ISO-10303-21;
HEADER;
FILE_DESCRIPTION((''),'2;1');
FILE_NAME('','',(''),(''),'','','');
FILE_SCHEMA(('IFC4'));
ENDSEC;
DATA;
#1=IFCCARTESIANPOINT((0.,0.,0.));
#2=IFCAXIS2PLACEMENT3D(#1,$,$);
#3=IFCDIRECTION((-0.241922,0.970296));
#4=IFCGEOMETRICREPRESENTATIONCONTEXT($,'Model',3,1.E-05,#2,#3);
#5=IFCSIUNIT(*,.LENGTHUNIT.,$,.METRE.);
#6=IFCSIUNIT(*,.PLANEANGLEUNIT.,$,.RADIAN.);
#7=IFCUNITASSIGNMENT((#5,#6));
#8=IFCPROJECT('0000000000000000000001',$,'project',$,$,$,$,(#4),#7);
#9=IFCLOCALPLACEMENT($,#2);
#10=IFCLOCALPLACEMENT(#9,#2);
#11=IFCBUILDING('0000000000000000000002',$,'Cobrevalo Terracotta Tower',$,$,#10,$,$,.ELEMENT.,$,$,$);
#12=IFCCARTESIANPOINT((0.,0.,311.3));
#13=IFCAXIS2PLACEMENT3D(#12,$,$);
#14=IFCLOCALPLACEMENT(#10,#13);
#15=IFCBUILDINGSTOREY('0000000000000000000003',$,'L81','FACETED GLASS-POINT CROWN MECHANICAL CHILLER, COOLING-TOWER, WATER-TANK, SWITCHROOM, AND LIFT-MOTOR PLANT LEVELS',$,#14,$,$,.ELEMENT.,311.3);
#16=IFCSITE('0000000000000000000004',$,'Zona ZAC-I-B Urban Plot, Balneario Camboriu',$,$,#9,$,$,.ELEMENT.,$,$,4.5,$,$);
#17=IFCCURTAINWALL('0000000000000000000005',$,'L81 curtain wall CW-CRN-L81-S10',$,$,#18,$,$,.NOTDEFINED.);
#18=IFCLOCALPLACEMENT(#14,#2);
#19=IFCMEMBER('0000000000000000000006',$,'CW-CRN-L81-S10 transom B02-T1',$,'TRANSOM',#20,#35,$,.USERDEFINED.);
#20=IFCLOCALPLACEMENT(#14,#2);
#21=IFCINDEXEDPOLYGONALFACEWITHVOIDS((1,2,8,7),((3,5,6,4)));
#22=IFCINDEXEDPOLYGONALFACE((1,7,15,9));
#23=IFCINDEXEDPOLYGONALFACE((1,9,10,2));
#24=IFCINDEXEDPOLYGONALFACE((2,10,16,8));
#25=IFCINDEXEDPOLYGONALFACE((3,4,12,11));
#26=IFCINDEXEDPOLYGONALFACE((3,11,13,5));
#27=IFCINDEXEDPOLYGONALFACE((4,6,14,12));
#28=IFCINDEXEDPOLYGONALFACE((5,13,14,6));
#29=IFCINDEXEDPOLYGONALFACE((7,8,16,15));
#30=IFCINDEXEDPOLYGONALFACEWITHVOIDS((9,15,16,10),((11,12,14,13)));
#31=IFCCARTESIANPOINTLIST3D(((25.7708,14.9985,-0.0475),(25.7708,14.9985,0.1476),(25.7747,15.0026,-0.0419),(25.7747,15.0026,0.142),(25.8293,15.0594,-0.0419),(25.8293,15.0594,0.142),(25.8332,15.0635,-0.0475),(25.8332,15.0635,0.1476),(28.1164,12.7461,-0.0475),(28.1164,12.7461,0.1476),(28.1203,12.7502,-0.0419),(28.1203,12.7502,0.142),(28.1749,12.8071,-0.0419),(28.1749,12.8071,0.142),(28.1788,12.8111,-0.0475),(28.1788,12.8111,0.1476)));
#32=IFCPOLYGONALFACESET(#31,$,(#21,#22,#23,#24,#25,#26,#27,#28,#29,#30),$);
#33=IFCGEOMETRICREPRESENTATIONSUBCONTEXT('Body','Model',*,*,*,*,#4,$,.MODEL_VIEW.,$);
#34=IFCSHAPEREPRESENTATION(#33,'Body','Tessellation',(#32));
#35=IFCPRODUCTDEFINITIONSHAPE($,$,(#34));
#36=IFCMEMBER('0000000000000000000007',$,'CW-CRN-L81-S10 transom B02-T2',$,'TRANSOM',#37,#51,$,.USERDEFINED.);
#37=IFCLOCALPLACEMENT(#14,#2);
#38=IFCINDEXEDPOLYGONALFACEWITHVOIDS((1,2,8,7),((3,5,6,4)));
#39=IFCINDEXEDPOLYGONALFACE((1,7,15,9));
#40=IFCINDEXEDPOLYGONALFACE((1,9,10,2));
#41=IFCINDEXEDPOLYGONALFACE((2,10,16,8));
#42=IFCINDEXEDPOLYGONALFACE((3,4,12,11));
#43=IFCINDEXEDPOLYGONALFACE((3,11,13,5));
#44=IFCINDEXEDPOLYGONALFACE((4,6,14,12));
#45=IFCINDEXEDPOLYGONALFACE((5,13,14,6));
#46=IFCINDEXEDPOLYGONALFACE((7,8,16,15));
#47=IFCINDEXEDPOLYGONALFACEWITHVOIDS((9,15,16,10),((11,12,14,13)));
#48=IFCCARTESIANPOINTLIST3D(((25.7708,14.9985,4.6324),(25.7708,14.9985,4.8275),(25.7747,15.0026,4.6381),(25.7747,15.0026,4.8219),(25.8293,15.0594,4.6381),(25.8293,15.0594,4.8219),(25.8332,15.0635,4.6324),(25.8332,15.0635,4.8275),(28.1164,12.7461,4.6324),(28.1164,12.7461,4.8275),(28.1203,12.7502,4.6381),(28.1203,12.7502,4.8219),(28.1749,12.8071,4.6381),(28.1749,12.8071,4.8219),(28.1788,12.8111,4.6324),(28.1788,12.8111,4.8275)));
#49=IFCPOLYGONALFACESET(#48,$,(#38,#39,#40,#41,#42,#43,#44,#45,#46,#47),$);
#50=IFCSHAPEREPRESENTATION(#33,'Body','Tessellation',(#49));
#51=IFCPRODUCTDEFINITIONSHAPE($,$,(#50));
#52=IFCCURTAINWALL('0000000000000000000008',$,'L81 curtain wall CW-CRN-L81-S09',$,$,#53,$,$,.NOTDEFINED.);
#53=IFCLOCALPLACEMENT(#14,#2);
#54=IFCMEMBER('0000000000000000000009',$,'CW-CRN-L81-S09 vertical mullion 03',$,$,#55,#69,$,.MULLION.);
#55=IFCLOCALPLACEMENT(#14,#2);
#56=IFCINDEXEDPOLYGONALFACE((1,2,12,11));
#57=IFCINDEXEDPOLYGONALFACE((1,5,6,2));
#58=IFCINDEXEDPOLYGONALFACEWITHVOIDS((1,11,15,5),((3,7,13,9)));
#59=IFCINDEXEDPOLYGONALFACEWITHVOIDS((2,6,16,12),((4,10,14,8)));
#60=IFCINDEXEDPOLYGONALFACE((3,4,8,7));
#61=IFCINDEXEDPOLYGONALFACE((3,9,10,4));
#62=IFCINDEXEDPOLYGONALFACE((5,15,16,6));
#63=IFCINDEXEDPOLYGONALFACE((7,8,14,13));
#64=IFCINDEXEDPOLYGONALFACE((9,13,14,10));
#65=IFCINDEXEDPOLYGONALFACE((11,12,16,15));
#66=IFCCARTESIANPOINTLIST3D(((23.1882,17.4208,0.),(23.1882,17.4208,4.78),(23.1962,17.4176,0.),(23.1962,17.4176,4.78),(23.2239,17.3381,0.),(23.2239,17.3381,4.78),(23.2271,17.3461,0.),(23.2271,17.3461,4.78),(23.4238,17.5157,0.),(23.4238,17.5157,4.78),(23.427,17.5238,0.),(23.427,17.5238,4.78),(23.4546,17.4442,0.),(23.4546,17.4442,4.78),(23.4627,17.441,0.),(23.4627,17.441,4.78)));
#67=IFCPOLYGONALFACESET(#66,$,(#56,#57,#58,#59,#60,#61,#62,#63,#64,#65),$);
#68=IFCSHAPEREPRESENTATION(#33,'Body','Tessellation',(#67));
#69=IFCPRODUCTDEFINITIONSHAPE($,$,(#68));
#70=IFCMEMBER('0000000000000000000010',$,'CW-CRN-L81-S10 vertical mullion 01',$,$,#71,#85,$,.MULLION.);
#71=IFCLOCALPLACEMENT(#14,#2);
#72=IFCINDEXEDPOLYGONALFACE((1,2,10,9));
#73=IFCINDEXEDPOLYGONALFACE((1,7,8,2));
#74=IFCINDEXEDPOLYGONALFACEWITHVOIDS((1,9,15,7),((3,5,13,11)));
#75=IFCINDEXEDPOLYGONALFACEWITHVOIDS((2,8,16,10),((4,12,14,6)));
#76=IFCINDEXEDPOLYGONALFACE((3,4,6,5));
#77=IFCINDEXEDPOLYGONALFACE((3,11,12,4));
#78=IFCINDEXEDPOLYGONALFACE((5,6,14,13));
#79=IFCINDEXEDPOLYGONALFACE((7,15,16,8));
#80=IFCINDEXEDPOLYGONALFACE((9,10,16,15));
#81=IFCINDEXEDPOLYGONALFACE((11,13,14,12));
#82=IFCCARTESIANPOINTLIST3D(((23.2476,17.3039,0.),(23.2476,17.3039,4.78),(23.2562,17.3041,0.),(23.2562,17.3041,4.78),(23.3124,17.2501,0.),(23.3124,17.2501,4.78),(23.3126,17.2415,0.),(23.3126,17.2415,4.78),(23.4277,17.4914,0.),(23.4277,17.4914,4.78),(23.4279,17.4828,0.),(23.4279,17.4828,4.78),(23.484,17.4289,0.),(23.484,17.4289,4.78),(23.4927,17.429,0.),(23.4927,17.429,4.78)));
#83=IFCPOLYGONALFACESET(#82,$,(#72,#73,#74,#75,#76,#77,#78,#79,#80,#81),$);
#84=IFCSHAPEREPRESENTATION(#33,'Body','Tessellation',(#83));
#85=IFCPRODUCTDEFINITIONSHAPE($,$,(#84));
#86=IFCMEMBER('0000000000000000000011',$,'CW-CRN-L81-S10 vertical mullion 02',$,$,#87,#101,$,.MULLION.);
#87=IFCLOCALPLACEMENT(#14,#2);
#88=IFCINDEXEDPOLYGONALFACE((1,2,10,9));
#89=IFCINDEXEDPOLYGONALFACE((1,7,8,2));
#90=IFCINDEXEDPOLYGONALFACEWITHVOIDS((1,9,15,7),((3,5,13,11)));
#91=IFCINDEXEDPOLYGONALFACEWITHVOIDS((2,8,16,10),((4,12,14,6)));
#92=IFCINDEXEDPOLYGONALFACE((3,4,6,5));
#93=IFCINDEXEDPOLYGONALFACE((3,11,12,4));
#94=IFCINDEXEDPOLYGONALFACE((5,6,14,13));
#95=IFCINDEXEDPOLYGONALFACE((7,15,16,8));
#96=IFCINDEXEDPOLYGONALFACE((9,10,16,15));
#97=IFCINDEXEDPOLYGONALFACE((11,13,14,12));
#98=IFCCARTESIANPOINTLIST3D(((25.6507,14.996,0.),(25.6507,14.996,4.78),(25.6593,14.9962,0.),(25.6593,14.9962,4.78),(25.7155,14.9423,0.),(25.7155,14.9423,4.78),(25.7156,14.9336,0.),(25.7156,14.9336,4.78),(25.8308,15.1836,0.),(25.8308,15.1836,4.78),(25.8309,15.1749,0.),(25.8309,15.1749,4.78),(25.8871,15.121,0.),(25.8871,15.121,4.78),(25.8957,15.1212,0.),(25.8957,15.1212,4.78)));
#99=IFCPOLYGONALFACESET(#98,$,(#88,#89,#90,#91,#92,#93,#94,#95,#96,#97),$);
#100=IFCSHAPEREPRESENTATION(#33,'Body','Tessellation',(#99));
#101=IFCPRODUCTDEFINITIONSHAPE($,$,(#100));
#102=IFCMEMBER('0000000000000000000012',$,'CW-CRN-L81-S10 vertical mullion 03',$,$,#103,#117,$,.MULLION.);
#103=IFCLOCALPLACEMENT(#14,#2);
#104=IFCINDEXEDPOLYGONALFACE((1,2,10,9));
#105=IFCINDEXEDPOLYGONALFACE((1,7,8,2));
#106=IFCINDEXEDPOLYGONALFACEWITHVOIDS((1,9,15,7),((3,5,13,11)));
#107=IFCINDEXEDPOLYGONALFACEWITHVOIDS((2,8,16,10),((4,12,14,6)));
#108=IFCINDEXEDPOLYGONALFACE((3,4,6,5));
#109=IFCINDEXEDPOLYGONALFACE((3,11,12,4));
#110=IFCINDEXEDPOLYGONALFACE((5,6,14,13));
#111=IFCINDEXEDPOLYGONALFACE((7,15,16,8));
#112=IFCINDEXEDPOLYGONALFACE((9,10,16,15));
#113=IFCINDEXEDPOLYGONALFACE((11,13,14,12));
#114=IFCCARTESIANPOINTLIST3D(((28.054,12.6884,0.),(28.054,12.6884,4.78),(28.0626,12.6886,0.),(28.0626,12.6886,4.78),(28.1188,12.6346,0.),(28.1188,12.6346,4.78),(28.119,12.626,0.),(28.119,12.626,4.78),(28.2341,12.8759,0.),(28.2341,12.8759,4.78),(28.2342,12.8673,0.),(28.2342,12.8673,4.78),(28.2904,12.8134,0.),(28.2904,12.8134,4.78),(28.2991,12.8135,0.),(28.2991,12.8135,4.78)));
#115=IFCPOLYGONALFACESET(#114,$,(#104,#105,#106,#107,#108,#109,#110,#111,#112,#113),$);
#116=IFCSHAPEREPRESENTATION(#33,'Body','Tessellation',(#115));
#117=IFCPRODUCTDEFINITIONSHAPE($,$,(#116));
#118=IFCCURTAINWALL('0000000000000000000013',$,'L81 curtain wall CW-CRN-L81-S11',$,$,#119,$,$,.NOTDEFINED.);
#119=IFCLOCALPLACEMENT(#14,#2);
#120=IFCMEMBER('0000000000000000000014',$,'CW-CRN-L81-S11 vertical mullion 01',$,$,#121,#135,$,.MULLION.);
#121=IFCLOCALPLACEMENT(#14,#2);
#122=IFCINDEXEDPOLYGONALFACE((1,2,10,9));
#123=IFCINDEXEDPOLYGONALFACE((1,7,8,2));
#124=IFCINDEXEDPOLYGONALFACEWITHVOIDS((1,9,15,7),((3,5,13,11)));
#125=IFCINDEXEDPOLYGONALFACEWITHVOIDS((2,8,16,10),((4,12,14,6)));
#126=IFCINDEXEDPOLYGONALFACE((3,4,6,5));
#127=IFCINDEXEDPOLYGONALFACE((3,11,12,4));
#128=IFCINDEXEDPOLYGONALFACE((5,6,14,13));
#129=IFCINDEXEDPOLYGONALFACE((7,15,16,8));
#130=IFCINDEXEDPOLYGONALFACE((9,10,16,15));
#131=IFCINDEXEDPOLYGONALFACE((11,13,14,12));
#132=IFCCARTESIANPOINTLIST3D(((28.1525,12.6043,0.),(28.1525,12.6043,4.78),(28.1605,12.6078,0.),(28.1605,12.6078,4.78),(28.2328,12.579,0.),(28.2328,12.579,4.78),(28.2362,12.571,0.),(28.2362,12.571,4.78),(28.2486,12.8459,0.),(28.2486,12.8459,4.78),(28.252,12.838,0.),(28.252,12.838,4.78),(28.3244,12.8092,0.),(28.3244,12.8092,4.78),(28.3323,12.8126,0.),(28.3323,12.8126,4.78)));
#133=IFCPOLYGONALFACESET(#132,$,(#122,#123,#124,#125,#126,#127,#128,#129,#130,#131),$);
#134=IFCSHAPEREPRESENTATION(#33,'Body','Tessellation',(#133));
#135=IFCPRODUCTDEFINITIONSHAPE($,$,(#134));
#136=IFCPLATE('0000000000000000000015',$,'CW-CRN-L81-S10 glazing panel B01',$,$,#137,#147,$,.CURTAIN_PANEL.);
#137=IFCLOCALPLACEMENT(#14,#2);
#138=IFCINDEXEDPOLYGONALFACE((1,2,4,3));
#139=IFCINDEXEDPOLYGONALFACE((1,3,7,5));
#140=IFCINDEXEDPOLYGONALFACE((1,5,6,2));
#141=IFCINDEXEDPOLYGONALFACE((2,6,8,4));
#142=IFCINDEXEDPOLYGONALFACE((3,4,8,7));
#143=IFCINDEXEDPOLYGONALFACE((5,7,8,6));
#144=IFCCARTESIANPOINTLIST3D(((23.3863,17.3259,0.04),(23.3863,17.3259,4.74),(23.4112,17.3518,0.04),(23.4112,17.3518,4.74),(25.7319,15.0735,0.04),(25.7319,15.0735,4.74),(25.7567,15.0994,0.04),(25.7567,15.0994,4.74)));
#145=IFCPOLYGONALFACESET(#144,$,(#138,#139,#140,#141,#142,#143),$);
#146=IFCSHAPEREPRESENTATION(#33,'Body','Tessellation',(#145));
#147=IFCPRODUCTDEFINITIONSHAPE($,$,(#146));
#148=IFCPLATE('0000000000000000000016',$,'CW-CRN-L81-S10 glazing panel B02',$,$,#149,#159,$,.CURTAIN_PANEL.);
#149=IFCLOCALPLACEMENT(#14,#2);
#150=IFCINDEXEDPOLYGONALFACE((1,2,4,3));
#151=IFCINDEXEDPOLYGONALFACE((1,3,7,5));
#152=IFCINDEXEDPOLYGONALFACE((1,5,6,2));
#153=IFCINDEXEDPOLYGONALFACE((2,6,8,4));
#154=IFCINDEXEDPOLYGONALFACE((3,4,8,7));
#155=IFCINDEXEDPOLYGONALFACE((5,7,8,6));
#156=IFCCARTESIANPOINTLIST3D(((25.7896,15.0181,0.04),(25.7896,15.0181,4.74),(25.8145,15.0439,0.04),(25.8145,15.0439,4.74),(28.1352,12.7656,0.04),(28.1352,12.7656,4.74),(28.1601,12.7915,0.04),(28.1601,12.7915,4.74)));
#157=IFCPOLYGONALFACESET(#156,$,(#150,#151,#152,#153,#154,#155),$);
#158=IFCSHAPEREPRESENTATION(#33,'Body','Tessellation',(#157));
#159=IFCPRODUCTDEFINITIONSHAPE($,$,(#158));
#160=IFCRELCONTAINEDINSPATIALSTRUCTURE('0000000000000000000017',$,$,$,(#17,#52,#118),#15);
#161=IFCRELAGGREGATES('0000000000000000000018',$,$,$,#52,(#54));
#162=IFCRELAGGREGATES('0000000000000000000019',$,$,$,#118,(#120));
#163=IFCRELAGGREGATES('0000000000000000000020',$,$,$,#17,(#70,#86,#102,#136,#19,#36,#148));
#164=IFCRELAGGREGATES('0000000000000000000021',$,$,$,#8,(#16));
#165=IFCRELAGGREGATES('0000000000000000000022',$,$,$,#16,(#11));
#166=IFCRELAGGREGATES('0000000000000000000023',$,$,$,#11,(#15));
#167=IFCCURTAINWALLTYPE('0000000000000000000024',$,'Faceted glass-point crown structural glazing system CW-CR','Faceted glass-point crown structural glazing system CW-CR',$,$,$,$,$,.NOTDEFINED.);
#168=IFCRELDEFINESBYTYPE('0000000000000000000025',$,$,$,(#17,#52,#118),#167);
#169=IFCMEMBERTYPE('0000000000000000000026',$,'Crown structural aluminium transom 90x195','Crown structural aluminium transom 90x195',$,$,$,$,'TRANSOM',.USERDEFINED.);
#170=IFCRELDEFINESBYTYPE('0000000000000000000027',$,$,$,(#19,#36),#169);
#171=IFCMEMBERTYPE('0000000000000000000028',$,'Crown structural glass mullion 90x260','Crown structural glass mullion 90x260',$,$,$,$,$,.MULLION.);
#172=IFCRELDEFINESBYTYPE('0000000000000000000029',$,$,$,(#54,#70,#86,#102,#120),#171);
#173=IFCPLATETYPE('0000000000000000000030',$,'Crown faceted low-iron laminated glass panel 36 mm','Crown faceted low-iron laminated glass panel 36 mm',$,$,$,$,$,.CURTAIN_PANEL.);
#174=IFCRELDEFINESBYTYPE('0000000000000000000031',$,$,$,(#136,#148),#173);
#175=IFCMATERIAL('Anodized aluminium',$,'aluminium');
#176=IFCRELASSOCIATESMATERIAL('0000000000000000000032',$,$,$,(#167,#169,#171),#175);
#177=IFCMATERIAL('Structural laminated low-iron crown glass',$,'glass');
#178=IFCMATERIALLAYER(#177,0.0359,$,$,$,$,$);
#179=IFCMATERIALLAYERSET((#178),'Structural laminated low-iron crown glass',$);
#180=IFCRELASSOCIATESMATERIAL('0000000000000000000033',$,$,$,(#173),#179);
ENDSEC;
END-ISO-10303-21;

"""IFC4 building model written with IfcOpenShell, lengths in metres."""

from ifc_helpers import new_model, si_unit, direction, frame, origin, origin_2d, place, context, subcontext, project, spatial, rectangle, hollow_rectangle, extrude, source, transform, mapped, material, layer, layer_set, material_profile, profile_set, type_object, element, aggregate, save


model = new_model("IFC4")

# Units and contexts
model_context = context("Model", 3, precision=1e-05, world=origin(), true_north=direction((-0.241922, 0.970296)))
body_context = subcontext(model_context, "Body", "Model", "MODEL_VIEW")
ifc_project = project(units=[si_unit("LENGTHUNIT", "METRE"), si_unit("PLANEANGLEUNIT", "RADIAN")], contexts=[model_context])

# Site, building, storey
site_placement = place(None, origin())
site = spatial("IfcSite", under=ifc_project, at=site_placement, Name="Zona ZAC-I-B Urban Plot, Balneario Camboriu", CompositionType="ELEMENT", RefElevation=4.5)
building_placement = place(site_placement, origin())
building = spatial("IfcBuilding", under=site, at=building_placement, Name="Cobrevalo Terracotta Tower", CompositionType="ELEMENT")
storey_placement = place(building_placement, frame((0.0, 0.0, 311.3)))
storey = spatial("IfcBuildingStorey", under=building, at=storey_placement, Name="L81", Description="FACETED GLASS-POINT CROWN MECHANICAL CHILLER, COOLING-TOWER, WATER-TANK, SWITCHROOM, AND LIFT-MOTOR PLANT LEVELS", CompositionType="ELEMENT", Elevation=311.3)

# Curtain wall, members
ifc_material_1 = material(Name="Anodized aluminium", Category="aluminium")
curtain_wall_type = type_object("IfcCurtainWallType", Name="Faceted glass-point crown structural glazing system CW-CR", Description="Faceted glass-point crown structural glazing system CW-CR", PredefinedType="NOTDEFINED", material=ifc_material_1)
curtain_wall_1_placement = place(storey_placement, origin())
curtain_wall_1 = element("IfcCurtainWall", 1, at=curtain_wall_1_placement, inside=storey, type_object=curtain_wall_type, Name="L81 curtain wall CW-CRN-L81-S10", PredefinedType="NOTDEFINED")
ifc_material_profile_1 = material_profile(ifc_material_1, hollow_rectangle(XDim=0.0901, YDim=0.1951, WallThickness=0.0056, at=origin_2d()), Name="CWT 90x195")
ifc_profile_set_1 = profile_set([ifc_material_profile_1], Name="Anodized aluminium")
member_type_1 = type_object("IfcMemberType", Name="Crown structural aluminium transom 90x195", Description="Crown structural aluminium transom 90x195", ElementType="TRANSOM", PredefinedType="USERDEFINED", material=ifc_profile_set_1)
shared_shape_1 = source(origin(), body_context, "Body", "SweptSolid", [
    extrude(hollow_rectangle(XDim=0.0901, YDim=0.1951, WallThickness=0.0056, at=origin_2d()), origin(), (0.0, 0.0, 1.0), 3.252),
])
member_1_placement = place(storey_placement, frame((25.802, 15.031, 0.05), z_axis=(0.7213, -0.692622, 0.0), x_axis=(0.692622, 0.7213, 0.0)))
member_1 = element("IfcMember", 2, at=member_1_placement, type_object=member_type_1, Name="CW-CRN-L81-S10 transom B02-T1", ObjectType="TRANSOM", PredefinedType="USERDEFINED", context=body_context, shape_type="MappedRepresentation", body=[
    mapped(shared_shape_1, transform((0.0, 0.0, 0.0), scale=1.0)),
])
member_2_placement = place(storey_placement, frame((25.802, 15.031, 4.73), z_axis=(0.7213, -0.692622, 0.0), x_axis=(0.692622, 0.7213, 0.0)))
member_2 = element("IfcMember", 3, at=member_2_placement, type_object=member_type_1, Name="CW-CRN-L81-S10 transom B02-T2", ObjectType="TRANSOM", PredefinedType="USERDEFINED", context=body_context, shape_type="MappedRepresentation", body=[
    mapped(shared_shape_1, transform((0.0, 0.0, 0.0), scale=1.0)),
])

# Curtain wall, member
curtain_wall_2_placement = place(storey_placement, origin())
curtain_wall_2 = element("IfcCurtainWall", 4, at=curtain_wall_2_placement, inside=storey, type_object=curtain_wall_type, Name="L81 curtain wall CW-CRN-L81-S09", PredefinedType="NOTDEFINED")
ifc_material_profile_2 = material_profile(ifc_material_1, hollow_rectangle(XDim=0.0901, YDim=0.26, WallThickness=0.0061, at=origin_2d()), Name="CWM 90x260")
ifc_profile_set_2 = profile_set([ifc_material_profile_2], Name="Anodized aluminium")
member_type_2 = type_object("IfcMemberType", Name="Crown structural glass mullion 90x260", Description="Crown structural glass mullion 90x260", PredefinedType="MULLION", material=ifc_profile_set_2)
shared_shape_2 = source(origin(), body_context, "Body", "SweptSolid", [
    extrude(hollow_rectangle(XDim=0.0901, YDim=0.26, WallThickness=0.0061, at=origin_2d()), origin(), (0.0, 0.0, 1.0), 4.78),
])
member_3_placement = place(storey_placement, frame((23.3254, 17.4309, 0.0), z_axis=(0.0, 0.0, 1.0), x_axis=(0.396058, -0.918225, 0.0)))
member_3 = element("IfcMember", 5, at=member_3_placement, type_object=member_type_2, Name="CW-CRN-L81-S09 vertical mullion 03", PredefinedType="MULLION", context=body_context, shape_type="MappedRepresentation", body=[
    mapped(shared_shape_2, transform((0.0, 0.0, 0.0), scale=1.0)),
])
aggregate(curtain_wall_2, [member_3])

# Members
member_4_placement = place(storey_placement, frame((23.3701, 17.3665, 0.0), z_axis=(0.0, 0.0, 1.0), x_axis=(0.721277, -0.692647, 0.0)))
member_4 = element("IfcMember", 6, at=member_4_placement, type_object=member_type_2, Name="CW-CRN-L81-S10 vertical mullion 01", PredefinedType="MULLION", context=body_context, shape_type="MappedRepresentation", body=[
    mapped(shared_shape_2, transform((0.0, 0.0, 0.0), scale=1.0)),
])
member_5_placement = place(storey_placement, frame((25.7732, 15.0586, 0.0), z_axis=(0.0, 0.0, 1.0), x_axis=(0.721277, -0.692647, 0.0)))
member_5 = element("IfcMember", 7, at=member_5_placement, type_object=member_type_2, Name="CW-CRN-L81-S10 vertical mullion 02", PredefinedType="MULLION", context=body_context, shape_type="MappedRepresentation", body=[
    mapped(shared_shape_2, transform((0.0, 0.0, 0.0), scale=1.0)),
])
member_6_placement = place(storey_placement, frame((28.1765, 12.751, 0.0), z_axis=(0.0, 0.0, 1.0), x_axis=(0.721277, -0.692647, 0.0)))
member_6 = element("IfcMember", 8, at=member_6_placement, type_object=member_type_2, Name="CW-CRN-L81-S10 vertical mullion 03", PredefinedType="MULLION", context=body_context, shape_type="MappedRepresentation", body=[
    mapped(shared_shape_2, transform((0.0, 0.0, 0.0), scale=1.0)),
])

# Curtain wall, member
curtain_wall_3_placement = place(storey_placement, origin())
curtain_wall_3 = element("IfcCurtainWall", 9, at=curtain_wall_3_placement, inside=storey, type_object=curtain_wall_type, Name="L81 curtain wall CW-CRN-L81-S11", PredefinedType="NOTDEFINED")
member_7_placement = place(storey_placement, frame((28.2424, 12.7085, 0.0), z_axis=(0.0, 0.0, 1.0), x_axis=(0.929191, -0.369601, 0.0)))
member_7 = element("IfcMember", 10, at=member_7_placement, type_object=member_type_2, Name="CW-CRN-L81-S11 vertical mullion 01", PredefinedType="MULLION", context=body_context, shape_type="MappedRepresentation", body=[
    mapped(shared_shape_2, transform((0.0, 0.0, 0.0), scale=1.0)),
])
aggregate(curtain_wall_3, [member_7])

# Plates
ifc_material_2 = material(Name="Structural laminated low-iron crown glass", Category="glass")
ifc_layer_1 = layer(ifc_material_2, 0.0359)
ifc_layer_set_1 = layer_set([ifc_layer_1], Name="Structural laminated low-iron crown glass")
plate_type = type_object("IfcPlateType", Name="Crown faceted low-iron laminated glass panel 36 mm", Description="Crown faceted low-iron laminated glass panel 36 mm", PredefinedType="CURTAIN_PANEL", material=ifc_layer_set_1)
shared_shape_3 = source(origin(), body_context, "Body", "SweptSolid", [
    extrude(rectangle(XDim=3.252, YDim=0.0359, at=origin_2d()), origin(), (0.0, 0.0, 1.0), 4.7),
])
plate_1_placement = place(storey_placement, frame((24.5715, 16.2126, 0.04), z_axis=(0.0, 0.0, 1.0), x_axis=(0.72128, -0.692643, 0.0)))
plate_1 = element("IfcPlate", 11, at=plate_1_placement, type_object=plate_type, Name="CW-CRN-L81-S10 glazing panel B01", PredefinedType="CURTAIN_PANEL", context=body_context, shape_type="MappedRepresentation", body=[
    mapped(shared_shape_3, transform((0.0, 0.0, 0.0), scale=1.0)),
])
plate_2_placement = place(storey_placement, frame((26.9749, 13.9048, 0.04), z_axis=(0.0, 0.0, 1.0), x_axis=(0.72128, -0.692643, 0.0)))
plate_2 = element("IfcPlate", 12, at=plate_2_placement, type_object=plate_type, Name="CW-CRN-L81-S10 glazing panel B02", PredefinedType="CURTAIN_PANEL", context=body_context, shape_type="MappedRepresentation", body=[
    mapped(shared_shape_3, transform((0.0, 0.0, 0.0), scale=1.0)),
])
aggregate(curtain_wall_1, [member_4, member_5, member_6, plate_1, member_1, member_2, plate_2])

save(model, "model.ifc")
